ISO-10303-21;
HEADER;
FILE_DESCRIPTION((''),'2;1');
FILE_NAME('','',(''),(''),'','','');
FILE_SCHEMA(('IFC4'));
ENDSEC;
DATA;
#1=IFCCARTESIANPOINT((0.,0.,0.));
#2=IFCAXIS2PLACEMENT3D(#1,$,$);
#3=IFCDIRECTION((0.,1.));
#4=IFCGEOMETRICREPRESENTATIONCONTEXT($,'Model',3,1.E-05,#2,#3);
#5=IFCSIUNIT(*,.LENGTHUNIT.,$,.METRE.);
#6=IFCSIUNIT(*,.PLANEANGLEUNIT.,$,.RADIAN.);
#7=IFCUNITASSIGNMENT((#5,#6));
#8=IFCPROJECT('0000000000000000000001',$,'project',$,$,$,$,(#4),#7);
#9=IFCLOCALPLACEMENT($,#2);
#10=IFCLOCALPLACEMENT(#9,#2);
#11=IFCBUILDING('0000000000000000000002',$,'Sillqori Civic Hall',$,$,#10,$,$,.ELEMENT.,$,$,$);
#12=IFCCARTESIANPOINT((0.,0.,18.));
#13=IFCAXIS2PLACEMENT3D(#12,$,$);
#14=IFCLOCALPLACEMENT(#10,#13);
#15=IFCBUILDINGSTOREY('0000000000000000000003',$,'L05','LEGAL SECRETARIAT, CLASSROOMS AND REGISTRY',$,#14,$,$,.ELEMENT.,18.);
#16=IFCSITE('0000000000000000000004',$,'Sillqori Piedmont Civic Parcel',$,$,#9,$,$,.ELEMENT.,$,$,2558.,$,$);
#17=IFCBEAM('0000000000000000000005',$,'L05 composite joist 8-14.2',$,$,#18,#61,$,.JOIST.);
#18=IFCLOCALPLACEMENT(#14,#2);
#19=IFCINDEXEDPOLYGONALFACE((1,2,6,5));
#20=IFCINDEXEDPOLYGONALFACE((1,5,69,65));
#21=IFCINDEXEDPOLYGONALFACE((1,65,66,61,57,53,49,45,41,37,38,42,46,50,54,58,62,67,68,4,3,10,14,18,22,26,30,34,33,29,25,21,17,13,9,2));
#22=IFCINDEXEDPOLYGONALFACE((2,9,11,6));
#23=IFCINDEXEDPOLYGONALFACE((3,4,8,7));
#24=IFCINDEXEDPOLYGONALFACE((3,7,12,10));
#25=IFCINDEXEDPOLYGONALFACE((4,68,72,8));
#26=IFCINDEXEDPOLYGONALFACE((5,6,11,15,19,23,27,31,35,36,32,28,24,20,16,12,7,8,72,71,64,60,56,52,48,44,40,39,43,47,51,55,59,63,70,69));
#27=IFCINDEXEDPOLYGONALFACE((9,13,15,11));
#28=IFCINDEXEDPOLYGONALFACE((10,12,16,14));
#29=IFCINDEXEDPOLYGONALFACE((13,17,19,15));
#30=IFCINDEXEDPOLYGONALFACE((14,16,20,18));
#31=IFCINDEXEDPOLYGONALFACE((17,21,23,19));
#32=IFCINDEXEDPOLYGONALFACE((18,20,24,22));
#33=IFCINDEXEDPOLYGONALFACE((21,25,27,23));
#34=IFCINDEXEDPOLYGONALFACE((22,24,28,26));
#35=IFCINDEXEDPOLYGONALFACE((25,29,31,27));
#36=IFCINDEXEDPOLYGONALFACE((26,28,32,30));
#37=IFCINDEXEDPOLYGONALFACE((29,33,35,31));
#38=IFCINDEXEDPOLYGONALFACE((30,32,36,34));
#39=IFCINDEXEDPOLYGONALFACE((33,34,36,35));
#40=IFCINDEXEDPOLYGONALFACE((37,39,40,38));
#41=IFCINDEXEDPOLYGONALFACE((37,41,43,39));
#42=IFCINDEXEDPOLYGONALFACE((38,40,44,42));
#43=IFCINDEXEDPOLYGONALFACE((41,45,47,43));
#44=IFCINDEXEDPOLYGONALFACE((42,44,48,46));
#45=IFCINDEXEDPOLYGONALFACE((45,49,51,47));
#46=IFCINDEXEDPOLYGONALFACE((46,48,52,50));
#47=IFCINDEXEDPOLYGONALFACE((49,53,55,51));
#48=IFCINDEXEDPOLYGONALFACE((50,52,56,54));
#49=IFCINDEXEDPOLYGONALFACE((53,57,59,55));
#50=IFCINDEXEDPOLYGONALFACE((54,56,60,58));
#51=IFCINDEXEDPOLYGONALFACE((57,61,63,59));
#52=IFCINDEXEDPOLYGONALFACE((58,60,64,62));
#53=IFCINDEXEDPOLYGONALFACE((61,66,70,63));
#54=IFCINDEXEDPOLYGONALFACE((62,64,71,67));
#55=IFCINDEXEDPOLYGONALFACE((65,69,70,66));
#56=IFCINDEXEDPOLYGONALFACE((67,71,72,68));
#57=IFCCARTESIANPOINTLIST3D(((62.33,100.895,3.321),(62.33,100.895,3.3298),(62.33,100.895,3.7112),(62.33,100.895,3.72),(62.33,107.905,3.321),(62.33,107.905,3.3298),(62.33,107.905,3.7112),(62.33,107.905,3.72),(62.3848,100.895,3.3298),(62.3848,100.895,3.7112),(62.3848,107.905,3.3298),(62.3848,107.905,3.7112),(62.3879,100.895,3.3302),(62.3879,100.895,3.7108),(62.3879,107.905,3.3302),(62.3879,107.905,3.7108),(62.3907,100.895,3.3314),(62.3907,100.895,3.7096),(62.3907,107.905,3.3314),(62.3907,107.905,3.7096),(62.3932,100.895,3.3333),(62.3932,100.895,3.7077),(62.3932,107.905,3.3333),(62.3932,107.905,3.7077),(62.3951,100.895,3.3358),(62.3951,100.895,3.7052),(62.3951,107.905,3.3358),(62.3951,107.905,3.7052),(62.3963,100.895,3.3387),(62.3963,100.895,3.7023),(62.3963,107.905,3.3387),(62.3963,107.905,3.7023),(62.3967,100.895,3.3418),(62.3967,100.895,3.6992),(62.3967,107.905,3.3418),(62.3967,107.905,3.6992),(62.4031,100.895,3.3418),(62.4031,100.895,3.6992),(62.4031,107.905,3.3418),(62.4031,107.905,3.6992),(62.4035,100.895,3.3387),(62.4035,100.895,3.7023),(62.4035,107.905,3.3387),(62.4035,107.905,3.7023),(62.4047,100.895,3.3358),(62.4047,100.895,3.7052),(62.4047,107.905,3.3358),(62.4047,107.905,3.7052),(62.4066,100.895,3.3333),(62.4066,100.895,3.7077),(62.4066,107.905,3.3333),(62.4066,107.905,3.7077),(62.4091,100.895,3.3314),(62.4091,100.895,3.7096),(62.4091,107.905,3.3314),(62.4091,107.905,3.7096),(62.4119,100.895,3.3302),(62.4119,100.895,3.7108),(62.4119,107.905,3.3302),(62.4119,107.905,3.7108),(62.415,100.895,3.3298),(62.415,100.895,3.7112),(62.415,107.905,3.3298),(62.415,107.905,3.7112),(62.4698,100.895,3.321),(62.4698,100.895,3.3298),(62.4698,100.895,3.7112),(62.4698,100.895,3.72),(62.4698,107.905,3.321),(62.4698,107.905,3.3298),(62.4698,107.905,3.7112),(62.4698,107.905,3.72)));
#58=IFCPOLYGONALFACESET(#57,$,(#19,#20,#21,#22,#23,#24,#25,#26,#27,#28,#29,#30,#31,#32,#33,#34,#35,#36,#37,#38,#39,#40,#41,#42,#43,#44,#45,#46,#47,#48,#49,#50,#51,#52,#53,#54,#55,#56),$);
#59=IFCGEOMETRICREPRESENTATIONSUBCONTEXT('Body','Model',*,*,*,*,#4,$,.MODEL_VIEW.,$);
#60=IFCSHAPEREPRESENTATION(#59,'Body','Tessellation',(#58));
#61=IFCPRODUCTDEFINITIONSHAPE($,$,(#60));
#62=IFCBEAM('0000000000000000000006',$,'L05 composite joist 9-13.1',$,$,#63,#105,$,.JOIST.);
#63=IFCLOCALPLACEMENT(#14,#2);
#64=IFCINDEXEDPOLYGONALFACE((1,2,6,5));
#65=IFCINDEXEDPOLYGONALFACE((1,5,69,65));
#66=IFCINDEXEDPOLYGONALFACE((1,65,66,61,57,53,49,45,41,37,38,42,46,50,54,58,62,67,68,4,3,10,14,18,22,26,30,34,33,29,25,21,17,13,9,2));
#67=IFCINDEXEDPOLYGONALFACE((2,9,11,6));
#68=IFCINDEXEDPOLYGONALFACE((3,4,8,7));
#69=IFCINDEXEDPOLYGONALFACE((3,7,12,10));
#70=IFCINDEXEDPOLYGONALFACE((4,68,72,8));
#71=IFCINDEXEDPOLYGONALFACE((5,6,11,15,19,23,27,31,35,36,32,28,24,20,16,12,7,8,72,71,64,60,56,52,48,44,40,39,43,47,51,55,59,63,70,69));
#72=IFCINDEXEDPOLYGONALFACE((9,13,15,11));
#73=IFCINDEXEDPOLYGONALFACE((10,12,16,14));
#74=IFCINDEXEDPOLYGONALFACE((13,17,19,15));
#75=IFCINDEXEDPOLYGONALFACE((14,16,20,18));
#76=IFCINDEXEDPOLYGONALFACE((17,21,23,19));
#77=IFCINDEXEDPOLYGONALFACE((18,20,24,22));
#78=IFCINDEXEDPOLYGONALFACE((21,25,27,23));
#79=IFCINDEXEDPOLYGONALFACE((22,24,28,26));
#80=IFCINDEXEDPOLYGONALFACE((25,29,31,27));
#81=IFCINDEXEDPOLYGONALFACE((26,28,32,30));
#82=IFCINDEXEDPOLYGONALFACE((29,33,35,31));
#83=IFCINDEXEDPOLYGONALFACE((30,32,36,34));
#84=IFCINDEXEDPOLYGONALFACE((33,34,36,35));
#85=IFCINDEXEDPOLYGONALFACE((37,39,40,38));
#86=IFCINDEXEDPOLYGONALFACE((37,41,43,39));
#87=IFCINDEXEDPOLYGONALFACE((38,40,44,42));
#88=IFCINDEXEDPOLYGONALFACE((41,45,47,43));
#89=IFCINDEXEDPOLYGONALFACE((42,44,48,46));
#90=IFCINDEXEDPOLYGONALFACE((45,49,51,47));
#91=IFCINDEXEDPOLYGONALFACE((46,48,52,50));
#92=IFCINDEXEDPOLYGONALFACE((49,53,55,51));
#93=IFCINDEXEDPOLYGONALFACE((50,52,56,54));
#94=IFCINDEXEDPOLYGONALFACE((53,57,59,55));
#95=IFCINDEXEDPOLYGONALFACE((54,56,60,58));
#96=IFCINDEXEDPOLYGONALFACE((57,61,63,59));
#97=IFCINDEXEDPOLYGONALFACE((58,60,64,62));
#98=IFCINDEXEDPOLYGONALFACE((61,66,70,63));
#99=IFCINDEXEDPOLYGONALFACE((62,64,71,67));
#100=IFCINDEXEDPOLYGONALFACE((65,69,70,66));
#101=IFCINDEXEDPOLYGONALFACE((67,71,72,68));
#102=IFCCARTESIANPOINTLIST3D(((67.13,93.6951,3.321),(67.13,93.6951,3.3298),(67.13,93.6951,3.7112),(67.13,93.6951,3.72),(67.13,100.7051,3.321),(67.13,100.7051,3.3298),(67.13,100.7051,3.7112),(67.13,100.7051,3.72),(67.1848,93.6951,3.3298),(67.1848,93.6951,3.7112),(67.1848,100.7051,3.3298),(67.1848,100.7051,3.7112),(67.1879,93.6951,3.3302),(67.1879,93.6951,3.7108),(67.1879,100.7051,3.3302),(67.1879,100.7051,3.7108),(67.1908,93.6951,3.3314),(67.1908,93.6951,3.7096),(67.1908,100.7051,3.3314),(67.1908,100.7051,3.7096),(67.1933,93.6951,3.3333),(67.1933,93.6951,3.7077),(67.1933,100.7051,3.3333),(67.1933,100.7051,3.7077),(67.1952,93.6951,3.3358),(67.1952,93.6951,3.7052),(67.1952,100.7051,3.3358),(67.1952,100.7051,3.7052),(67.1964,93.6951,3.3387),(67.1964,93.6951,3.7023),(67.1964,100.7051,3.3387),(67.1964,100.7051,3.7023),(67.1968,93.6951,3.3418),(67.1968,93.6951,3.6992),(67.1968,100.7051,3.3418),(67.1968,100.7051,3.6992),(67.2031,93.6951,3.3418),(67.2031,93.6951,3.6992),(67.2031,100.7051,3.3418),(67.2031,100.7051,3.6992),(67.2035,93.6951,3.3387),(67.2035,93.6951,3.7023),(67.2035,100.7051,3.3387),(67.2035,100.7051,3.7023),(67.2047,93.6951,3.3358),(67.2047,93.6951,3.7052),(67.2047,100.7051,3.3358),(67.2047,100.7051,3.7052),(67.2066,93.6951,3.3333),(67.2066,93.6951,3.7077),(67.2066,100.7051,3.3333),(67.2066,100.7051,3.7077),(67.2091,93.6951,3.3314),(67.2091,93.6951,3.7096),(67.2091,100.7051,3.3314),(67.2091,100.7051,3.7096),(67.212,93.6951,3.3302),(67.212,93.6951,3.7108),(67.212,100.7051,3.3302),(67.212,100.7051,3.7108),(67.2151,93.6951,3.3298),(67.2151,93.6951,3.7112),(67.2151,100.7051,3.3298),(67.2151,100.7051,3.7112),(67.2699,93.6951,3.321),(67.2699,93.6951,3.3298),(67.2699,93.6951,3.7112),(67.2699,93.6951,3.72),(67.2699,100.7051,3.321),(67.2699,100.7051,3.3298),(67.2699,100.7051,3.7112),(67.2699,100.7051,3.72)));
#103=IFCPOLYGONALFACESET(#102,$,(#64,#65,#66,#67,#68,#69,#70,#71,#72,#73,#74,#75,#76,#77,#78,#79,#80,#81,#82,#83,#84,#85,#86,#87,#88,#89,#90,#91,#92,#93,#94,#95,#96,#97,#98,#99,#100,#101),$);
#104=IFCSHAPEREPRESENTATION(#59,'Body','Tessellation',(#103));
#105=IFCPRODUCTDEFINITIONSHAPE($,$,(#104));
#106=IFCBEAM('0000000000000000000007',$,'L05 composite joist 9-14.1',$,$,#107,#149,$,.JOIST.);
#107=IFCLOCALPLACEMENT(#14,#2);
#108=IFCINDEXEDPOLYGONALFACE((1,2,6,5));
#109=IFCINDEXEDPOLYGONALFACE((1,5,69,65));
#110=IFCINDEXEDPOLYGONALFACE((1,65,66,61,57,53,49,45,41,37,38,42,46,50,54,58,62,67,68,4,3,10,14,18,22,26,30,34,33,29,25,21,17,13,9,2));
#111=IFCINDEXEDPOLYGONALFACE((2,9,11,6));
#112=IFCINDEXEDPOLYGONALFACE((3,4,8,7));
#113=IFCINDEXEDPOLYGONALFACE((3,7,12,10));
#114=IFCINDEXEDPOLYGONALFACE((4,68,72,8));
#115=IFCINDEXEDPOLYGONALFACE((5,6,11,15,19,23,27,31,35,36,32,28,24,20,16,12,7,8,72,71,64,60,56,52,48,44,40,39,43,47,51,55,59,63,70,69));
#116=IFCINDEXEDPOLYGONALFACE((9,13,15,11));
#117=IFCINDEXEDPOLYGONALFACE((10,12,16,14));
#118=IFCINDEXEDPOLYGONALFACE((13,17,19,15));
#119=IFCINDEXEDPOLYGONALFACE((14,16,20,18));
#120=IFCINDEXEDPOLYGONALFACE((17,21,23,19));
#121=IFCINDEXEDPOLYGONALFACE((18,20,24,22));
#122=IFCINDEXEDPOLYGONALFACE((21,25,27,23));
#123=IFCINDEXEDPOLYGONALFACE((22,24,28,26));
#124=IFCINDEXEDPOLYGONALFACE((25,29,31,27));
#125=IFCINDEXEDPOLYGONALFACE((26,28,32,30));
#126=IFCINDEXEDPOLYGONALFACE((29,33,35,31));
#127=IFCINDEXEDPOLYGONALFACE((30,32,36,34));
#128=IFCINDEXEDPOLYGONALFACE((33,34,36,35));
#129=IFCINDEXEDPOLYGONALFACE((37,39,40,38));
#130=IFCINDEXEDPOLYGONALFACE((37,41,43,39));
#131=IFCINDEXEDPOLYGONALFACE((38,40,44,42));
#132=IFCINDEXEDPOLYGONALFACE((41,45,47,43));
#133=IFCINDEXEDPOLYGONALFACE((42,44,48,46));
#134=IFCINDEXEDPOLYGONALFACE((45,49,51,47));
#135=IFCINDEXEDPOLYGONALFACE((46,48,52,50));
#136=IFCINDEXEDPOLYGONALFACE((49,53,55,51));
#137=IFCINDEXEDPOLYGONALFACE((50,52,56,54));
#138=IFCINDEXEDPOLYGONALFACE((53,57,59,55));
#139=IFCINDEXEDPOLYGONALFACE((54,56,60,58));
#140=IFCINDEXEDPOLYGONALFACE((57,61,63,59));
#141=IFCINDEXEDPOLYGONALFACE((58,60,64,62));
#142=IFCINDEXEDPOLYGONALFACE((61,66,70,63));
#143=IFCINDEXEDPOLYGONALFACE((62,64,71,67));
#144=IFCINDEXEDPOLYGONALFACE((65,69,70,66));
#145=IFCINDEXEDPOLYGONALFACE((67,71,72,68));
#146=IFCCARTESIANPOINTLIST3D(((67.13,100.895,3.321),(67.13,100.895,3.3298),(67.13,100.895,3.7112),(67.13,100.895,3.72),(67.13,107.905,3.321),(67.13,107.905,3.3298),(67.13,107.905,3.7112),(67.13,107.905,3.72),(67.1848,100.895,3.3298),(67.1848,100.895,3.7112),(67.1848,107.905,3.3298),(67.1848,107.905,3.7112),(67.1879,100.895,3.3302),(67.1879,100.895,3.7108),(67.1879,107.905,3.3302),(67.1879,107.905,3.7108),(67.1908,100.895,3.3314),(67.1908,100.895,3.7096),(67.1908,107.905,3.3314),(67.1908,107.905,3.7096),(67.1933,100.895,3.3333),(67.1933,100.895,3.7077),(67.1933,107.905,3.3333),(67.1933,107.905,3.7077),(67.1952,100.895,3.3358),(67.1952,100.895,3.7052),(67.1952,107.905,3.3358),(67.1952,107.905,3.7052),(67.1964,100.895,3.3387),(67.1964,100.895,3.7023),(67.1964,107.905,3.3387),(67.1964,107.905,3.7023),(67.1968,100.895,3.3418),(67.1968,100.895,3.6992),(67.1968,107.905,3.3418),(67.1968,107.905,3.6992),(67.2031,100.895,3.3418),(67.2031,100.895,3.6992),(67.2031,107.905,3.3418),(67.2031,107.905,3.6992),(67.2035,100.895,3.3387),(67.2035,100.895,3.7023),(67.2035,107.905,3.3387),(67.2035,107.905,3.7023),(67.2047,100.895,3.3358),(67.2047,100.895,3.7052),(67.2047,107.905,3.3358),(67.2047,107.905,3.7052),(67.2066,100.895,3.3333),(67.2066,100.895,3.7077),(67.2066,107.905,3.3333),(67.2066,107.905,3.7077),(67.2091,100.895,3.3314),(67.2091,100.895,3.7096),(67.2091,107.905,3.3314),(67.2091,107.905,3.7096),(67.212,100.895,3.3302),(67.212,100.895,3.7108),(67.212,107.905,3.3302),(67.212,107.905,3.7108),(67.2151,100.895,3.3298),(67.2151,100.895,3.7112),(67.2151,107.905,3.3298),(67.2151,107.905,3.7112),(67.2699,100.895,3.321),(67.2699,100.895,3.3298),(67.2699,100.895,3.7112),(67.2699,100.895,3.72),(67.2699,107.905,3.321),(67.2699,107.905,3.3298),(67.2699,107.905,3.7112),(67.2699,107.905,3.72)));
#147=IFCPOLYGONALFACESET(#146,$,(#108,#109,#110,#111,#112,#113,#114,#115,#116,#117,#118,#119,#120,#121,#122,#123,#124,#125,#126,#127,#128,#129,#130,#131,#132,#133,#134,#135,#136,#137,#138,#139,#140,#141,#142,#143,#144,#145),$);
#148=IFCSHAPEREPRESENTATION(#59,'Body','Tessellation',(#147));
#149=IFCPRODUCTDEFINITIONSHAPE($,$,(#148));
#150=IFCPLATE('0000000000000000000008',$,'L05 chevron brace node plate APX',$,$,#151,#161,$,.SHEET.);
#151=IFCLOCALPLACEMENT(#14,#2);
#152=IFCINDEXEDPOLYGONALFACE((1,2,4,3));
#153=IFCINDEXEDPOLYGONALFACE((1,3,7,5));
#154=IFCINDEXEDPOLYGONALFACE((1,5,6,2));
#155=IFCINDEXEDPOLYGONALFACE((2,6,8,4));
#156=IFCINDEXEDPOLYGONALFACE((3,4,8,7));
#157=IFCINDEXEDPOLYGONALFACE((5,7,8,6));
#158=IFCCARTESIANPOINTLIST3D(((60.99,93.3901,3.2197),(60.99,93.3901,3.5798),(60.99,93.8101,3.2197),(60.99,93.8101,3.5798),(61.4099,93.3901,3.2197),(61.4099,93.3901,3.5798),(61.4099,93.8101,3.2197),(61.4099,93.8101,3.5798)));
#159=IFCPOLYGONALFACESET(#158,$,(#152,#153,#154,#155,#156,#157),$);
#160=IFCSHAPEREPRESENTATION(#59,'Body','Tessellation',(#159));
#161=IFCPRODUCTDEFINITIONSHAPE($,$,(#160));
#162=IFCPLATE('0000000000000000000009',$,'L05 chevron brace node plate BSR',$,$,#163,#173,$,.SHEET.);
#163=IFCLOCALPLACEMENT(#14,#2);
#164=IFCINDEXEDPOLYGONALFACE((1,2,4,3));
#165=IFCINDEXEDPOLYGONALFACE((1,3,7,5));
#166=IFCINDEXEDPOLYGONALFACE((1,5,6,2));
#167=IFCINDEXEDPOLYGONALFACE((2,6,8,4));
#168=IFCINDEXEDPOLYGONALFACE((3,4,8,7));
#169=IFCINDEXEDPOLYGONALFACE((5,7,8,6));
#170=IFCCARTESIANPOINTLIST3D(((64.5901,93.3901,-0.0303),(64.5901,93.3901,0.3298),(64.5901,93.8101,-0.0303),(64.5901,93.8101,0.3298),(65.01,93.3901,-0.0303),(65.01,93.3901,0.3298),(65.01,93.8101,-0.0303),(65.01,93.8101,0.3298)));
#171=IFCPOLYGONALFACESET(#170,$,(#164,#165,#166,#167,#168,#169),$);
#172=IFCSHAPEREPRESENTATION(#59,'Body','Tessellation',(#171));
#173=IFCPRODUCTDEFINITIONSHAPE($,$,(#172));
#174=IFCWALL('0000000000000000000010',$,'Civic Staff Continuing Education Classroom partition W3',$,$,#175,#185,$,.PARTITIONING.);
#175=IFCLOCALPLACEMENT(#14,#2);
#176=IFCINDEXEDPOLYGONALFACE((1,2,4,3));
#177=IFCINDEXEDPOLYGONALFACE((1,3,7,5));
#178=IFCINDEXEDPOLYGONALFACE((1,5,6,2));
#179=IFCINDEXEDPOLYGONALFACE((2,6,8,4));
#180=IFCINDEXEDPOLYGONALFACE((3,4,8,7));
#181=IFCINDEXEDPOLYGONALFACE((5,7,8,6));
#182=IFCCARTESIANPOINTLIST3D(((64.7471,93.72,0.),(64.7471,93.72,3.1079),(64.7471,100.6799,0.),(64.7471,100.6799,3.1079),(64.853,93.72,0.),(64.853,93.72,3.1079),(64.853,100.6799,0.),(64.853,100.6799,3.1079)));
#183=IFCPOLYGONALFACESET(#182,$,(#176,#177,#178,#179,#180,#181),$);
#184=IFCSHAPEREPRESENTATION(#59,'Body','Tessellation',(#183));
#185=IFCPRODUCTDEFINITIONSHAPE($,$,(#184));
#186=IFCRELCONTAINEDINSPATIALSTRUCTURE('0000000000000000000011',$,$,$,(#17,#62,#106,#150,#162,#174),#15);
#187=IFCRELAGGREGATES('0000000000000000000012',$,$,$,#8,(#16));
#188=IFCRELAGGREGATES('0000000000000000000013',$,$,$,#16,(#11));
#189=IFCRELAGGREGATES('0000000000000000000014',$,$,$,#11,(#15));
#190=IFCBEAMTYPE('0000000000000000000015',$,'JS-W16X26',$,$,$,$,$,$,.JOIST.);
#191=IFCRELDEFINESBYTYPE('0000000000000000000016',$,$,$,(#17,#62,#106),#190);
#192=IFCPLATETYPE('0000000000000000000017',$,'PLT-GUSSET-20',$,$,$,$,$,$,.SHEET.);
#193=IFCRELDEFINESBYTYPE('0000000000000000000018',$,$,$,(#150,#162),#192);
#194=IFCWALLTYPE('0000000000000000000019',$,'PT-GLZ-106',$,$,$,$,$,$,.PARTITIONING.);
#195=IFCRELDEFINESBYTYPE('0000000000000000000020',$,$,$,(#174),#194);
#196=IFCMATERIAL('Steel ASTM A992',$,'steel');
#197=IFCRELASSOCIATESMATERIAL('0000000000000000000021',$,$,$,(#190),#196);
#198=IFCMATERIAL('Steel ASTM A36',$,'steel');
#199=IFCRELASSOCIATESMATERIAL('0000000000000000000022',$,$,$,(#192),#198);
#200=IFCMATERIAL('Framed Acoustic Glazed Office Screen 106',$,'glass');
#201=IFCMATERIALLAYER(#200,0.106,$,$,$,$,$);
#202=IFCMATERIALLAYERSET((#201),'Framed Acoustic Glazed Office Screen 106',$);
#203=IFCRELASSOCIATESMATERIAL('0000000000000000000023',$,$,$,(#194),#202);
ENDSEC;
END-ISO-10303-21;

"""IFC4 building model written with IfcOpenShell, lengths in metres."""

from ifc_helpers import new_model, si_unit, direction, frame, frame_2d, origin, origin_2d, place, context, subcontext, project, spatial, rectangle, i_section, extrude, material, layer, layer_set, material_profile, profile_set, type_object, element, save


model = new_model("IFC4")

# Units and contexts
model_context = context("Model", 3, precision=1e-05, world=origin(), true_north=direction((0.0, 1.0)))
body_context = subcontext(model_context, "Body", "Model", "MODEL_VIEW")
ifc_project = project(units=[si_unit("LENGTHUNIT", "METRE"), si_unit("PLANEANGLEUNIT", "RADIAN")], contexts=[model_context])

# Site, building, storey
site_placement = place(None, origin())
site = spatial("IfcSite", under=ifc_project, at=site_placement, Name="Sillqori Piedmont Civic Parcel", CompositionType="ELEMENT", RefElevation=2558.0)
building_placement = place(site_placement, origin())
building = spatial("IfcBuilding", under=site, at=building_placement, Name="Sillqori Civic Hall", CompositionType="ELEMENT")
storey_placement = place(building_placement, frame((0.0, 0.0, 18.0)))
storey = spatial("IfcBuildingStorey", under=building, at=storey_placement, Name="L05", Description="LEGAL SECRETARIAT, CLASSROOMS AND REGISTRY", CompositionType="ELEMENT", Elevation=18.0)

# Shared definitions
ifc_material_1 = material(Name="Steel ASTM A992", Category="steel")

# Beams
ifc_material_profile_1 = material_profile(ifc_material_1, i_section(OverallWidth=0.1399, OverallDepth=0.3989, WebThickness=0.0063, FlangeThickness=0.0088, FilletRadius=0.012, at=origin_2d()), Name="W16X26")
ifc_profile_set_1 = profile_set([ifc_material_profile_1], Name="Steel ASTM A992")
beam_type_1 = type_object("IfcBeamType", Name="JS-W16X26", PredefinedType="JOIST", material=ifc_profile_set_1)
for number, where, z_axis, x_axis, name in (
    (1, (62.3999, 100.895, 3.5205), (0.0, 1.0, 0.0), (-1.0, 0.0, 0.0), "L05 composite joist 8-14.2"),
    (2, (67.2, 93.6951, 3.5205), (0.0, 1.0, 0.0), (-1.0, 0.0, 0.0), "L05 composite joist 9-13.1"),
    (3, (67.2, 100.895, 3.5205), (0.0, 1.0, 0.0), (-1.0, 0.0, 0.0), "L05 composite joist 9-14.1"),
):
    element("IfcBeam", number, at=place(storey_placement, frame(where, z_axis=z_axis, x_axis=x_axis)), inside=storey, type_object=beam_type_1, Name=name, PredefinedType="JOIST", context=body_context, shape_type="SweptSolid", body=[
        extrude(i_section(OverallWidth=0.1399, OverallDepth=0.3989, WebThickness=0.0063, FlangeThickness=0.0088, FilletRadius=0.012, at=origin_2d()), origin(), (0.0, 0.0, 1.0), 7.01),
    ])

# Plates
ifc_material_2 = material(Name="Steel ASTM A36", Category="steel")
plate_type = type_object("IfcPlateType", Name="PLT-GUSSET-20", PredefinedType="SHEET", material=ifc_material_2)
for number, where, z_axis, x_axis, name in (
    (4, (61.2, 93.6001, 3.2197), (0.0, 0.0, 1.0), (1.0, 0.0, 0.0), "L05 chevron brace node plate APX"),
    (5, (64.8, 93.6001, -0.0303), (0.0, 0.0, 1.0), (1.0, 0.0, 0.0), "L05 chevron brace node plate BSR"),
):
    element("IfcPlate", number, at=place(storey_placement, frame(where, z_axis=z_axis, x_axis=x_axis)), inside=storey, type_object=plate_type, Name=name, PredefinedType="SHEET", context=body_context, shape_type="SweptSolid", body=[
        extrude(rectangle(XDim=0.4199, YDim=0.4199, at=origin_2d()), origin(), (0.0, 0.0, 1.0), 0.3601),
    ])

# Wall
ifc_material_3 = material(Name="Framed Acoustic Glazed Office Screen 106", Category="glass")
ifc_layer_1 = layer(ifc_material_3, 0.106)
ifc_layer_set_1 = layer_set([ifc_layer_1], Name="Framed Acoustic Glazed Office Screen 106")
wall_type_1 = type_object("IfcWallType", Name="PT-GLZ-106", PredefinedType="PARTITIONING", material=ifc_layer_set_1)
wall_1_placement = place(storey_placement, frame((64.8, 93.72, 0.0), z_axis=(0.0, 0.0, 1.0), x_axis=(0.0, 1.0, 0.0)))
element("IfcWall", 6, at=wall_1_placement, inside=storey, type_object=wall_type_1, Name="Civic Staff Continuing Education Classroom partition W3", PredefinedType="PARTITIONING", context=body_context, shape_type="SweptSolid", body=[
    extrude(rectangle(XDim=6.96, YDim=0.106, at=frame_2d((3.48, 0.0))), origin(), (0.0, 0.0, 1.0), 3.1079),
])

save(model, "model.ifc")
